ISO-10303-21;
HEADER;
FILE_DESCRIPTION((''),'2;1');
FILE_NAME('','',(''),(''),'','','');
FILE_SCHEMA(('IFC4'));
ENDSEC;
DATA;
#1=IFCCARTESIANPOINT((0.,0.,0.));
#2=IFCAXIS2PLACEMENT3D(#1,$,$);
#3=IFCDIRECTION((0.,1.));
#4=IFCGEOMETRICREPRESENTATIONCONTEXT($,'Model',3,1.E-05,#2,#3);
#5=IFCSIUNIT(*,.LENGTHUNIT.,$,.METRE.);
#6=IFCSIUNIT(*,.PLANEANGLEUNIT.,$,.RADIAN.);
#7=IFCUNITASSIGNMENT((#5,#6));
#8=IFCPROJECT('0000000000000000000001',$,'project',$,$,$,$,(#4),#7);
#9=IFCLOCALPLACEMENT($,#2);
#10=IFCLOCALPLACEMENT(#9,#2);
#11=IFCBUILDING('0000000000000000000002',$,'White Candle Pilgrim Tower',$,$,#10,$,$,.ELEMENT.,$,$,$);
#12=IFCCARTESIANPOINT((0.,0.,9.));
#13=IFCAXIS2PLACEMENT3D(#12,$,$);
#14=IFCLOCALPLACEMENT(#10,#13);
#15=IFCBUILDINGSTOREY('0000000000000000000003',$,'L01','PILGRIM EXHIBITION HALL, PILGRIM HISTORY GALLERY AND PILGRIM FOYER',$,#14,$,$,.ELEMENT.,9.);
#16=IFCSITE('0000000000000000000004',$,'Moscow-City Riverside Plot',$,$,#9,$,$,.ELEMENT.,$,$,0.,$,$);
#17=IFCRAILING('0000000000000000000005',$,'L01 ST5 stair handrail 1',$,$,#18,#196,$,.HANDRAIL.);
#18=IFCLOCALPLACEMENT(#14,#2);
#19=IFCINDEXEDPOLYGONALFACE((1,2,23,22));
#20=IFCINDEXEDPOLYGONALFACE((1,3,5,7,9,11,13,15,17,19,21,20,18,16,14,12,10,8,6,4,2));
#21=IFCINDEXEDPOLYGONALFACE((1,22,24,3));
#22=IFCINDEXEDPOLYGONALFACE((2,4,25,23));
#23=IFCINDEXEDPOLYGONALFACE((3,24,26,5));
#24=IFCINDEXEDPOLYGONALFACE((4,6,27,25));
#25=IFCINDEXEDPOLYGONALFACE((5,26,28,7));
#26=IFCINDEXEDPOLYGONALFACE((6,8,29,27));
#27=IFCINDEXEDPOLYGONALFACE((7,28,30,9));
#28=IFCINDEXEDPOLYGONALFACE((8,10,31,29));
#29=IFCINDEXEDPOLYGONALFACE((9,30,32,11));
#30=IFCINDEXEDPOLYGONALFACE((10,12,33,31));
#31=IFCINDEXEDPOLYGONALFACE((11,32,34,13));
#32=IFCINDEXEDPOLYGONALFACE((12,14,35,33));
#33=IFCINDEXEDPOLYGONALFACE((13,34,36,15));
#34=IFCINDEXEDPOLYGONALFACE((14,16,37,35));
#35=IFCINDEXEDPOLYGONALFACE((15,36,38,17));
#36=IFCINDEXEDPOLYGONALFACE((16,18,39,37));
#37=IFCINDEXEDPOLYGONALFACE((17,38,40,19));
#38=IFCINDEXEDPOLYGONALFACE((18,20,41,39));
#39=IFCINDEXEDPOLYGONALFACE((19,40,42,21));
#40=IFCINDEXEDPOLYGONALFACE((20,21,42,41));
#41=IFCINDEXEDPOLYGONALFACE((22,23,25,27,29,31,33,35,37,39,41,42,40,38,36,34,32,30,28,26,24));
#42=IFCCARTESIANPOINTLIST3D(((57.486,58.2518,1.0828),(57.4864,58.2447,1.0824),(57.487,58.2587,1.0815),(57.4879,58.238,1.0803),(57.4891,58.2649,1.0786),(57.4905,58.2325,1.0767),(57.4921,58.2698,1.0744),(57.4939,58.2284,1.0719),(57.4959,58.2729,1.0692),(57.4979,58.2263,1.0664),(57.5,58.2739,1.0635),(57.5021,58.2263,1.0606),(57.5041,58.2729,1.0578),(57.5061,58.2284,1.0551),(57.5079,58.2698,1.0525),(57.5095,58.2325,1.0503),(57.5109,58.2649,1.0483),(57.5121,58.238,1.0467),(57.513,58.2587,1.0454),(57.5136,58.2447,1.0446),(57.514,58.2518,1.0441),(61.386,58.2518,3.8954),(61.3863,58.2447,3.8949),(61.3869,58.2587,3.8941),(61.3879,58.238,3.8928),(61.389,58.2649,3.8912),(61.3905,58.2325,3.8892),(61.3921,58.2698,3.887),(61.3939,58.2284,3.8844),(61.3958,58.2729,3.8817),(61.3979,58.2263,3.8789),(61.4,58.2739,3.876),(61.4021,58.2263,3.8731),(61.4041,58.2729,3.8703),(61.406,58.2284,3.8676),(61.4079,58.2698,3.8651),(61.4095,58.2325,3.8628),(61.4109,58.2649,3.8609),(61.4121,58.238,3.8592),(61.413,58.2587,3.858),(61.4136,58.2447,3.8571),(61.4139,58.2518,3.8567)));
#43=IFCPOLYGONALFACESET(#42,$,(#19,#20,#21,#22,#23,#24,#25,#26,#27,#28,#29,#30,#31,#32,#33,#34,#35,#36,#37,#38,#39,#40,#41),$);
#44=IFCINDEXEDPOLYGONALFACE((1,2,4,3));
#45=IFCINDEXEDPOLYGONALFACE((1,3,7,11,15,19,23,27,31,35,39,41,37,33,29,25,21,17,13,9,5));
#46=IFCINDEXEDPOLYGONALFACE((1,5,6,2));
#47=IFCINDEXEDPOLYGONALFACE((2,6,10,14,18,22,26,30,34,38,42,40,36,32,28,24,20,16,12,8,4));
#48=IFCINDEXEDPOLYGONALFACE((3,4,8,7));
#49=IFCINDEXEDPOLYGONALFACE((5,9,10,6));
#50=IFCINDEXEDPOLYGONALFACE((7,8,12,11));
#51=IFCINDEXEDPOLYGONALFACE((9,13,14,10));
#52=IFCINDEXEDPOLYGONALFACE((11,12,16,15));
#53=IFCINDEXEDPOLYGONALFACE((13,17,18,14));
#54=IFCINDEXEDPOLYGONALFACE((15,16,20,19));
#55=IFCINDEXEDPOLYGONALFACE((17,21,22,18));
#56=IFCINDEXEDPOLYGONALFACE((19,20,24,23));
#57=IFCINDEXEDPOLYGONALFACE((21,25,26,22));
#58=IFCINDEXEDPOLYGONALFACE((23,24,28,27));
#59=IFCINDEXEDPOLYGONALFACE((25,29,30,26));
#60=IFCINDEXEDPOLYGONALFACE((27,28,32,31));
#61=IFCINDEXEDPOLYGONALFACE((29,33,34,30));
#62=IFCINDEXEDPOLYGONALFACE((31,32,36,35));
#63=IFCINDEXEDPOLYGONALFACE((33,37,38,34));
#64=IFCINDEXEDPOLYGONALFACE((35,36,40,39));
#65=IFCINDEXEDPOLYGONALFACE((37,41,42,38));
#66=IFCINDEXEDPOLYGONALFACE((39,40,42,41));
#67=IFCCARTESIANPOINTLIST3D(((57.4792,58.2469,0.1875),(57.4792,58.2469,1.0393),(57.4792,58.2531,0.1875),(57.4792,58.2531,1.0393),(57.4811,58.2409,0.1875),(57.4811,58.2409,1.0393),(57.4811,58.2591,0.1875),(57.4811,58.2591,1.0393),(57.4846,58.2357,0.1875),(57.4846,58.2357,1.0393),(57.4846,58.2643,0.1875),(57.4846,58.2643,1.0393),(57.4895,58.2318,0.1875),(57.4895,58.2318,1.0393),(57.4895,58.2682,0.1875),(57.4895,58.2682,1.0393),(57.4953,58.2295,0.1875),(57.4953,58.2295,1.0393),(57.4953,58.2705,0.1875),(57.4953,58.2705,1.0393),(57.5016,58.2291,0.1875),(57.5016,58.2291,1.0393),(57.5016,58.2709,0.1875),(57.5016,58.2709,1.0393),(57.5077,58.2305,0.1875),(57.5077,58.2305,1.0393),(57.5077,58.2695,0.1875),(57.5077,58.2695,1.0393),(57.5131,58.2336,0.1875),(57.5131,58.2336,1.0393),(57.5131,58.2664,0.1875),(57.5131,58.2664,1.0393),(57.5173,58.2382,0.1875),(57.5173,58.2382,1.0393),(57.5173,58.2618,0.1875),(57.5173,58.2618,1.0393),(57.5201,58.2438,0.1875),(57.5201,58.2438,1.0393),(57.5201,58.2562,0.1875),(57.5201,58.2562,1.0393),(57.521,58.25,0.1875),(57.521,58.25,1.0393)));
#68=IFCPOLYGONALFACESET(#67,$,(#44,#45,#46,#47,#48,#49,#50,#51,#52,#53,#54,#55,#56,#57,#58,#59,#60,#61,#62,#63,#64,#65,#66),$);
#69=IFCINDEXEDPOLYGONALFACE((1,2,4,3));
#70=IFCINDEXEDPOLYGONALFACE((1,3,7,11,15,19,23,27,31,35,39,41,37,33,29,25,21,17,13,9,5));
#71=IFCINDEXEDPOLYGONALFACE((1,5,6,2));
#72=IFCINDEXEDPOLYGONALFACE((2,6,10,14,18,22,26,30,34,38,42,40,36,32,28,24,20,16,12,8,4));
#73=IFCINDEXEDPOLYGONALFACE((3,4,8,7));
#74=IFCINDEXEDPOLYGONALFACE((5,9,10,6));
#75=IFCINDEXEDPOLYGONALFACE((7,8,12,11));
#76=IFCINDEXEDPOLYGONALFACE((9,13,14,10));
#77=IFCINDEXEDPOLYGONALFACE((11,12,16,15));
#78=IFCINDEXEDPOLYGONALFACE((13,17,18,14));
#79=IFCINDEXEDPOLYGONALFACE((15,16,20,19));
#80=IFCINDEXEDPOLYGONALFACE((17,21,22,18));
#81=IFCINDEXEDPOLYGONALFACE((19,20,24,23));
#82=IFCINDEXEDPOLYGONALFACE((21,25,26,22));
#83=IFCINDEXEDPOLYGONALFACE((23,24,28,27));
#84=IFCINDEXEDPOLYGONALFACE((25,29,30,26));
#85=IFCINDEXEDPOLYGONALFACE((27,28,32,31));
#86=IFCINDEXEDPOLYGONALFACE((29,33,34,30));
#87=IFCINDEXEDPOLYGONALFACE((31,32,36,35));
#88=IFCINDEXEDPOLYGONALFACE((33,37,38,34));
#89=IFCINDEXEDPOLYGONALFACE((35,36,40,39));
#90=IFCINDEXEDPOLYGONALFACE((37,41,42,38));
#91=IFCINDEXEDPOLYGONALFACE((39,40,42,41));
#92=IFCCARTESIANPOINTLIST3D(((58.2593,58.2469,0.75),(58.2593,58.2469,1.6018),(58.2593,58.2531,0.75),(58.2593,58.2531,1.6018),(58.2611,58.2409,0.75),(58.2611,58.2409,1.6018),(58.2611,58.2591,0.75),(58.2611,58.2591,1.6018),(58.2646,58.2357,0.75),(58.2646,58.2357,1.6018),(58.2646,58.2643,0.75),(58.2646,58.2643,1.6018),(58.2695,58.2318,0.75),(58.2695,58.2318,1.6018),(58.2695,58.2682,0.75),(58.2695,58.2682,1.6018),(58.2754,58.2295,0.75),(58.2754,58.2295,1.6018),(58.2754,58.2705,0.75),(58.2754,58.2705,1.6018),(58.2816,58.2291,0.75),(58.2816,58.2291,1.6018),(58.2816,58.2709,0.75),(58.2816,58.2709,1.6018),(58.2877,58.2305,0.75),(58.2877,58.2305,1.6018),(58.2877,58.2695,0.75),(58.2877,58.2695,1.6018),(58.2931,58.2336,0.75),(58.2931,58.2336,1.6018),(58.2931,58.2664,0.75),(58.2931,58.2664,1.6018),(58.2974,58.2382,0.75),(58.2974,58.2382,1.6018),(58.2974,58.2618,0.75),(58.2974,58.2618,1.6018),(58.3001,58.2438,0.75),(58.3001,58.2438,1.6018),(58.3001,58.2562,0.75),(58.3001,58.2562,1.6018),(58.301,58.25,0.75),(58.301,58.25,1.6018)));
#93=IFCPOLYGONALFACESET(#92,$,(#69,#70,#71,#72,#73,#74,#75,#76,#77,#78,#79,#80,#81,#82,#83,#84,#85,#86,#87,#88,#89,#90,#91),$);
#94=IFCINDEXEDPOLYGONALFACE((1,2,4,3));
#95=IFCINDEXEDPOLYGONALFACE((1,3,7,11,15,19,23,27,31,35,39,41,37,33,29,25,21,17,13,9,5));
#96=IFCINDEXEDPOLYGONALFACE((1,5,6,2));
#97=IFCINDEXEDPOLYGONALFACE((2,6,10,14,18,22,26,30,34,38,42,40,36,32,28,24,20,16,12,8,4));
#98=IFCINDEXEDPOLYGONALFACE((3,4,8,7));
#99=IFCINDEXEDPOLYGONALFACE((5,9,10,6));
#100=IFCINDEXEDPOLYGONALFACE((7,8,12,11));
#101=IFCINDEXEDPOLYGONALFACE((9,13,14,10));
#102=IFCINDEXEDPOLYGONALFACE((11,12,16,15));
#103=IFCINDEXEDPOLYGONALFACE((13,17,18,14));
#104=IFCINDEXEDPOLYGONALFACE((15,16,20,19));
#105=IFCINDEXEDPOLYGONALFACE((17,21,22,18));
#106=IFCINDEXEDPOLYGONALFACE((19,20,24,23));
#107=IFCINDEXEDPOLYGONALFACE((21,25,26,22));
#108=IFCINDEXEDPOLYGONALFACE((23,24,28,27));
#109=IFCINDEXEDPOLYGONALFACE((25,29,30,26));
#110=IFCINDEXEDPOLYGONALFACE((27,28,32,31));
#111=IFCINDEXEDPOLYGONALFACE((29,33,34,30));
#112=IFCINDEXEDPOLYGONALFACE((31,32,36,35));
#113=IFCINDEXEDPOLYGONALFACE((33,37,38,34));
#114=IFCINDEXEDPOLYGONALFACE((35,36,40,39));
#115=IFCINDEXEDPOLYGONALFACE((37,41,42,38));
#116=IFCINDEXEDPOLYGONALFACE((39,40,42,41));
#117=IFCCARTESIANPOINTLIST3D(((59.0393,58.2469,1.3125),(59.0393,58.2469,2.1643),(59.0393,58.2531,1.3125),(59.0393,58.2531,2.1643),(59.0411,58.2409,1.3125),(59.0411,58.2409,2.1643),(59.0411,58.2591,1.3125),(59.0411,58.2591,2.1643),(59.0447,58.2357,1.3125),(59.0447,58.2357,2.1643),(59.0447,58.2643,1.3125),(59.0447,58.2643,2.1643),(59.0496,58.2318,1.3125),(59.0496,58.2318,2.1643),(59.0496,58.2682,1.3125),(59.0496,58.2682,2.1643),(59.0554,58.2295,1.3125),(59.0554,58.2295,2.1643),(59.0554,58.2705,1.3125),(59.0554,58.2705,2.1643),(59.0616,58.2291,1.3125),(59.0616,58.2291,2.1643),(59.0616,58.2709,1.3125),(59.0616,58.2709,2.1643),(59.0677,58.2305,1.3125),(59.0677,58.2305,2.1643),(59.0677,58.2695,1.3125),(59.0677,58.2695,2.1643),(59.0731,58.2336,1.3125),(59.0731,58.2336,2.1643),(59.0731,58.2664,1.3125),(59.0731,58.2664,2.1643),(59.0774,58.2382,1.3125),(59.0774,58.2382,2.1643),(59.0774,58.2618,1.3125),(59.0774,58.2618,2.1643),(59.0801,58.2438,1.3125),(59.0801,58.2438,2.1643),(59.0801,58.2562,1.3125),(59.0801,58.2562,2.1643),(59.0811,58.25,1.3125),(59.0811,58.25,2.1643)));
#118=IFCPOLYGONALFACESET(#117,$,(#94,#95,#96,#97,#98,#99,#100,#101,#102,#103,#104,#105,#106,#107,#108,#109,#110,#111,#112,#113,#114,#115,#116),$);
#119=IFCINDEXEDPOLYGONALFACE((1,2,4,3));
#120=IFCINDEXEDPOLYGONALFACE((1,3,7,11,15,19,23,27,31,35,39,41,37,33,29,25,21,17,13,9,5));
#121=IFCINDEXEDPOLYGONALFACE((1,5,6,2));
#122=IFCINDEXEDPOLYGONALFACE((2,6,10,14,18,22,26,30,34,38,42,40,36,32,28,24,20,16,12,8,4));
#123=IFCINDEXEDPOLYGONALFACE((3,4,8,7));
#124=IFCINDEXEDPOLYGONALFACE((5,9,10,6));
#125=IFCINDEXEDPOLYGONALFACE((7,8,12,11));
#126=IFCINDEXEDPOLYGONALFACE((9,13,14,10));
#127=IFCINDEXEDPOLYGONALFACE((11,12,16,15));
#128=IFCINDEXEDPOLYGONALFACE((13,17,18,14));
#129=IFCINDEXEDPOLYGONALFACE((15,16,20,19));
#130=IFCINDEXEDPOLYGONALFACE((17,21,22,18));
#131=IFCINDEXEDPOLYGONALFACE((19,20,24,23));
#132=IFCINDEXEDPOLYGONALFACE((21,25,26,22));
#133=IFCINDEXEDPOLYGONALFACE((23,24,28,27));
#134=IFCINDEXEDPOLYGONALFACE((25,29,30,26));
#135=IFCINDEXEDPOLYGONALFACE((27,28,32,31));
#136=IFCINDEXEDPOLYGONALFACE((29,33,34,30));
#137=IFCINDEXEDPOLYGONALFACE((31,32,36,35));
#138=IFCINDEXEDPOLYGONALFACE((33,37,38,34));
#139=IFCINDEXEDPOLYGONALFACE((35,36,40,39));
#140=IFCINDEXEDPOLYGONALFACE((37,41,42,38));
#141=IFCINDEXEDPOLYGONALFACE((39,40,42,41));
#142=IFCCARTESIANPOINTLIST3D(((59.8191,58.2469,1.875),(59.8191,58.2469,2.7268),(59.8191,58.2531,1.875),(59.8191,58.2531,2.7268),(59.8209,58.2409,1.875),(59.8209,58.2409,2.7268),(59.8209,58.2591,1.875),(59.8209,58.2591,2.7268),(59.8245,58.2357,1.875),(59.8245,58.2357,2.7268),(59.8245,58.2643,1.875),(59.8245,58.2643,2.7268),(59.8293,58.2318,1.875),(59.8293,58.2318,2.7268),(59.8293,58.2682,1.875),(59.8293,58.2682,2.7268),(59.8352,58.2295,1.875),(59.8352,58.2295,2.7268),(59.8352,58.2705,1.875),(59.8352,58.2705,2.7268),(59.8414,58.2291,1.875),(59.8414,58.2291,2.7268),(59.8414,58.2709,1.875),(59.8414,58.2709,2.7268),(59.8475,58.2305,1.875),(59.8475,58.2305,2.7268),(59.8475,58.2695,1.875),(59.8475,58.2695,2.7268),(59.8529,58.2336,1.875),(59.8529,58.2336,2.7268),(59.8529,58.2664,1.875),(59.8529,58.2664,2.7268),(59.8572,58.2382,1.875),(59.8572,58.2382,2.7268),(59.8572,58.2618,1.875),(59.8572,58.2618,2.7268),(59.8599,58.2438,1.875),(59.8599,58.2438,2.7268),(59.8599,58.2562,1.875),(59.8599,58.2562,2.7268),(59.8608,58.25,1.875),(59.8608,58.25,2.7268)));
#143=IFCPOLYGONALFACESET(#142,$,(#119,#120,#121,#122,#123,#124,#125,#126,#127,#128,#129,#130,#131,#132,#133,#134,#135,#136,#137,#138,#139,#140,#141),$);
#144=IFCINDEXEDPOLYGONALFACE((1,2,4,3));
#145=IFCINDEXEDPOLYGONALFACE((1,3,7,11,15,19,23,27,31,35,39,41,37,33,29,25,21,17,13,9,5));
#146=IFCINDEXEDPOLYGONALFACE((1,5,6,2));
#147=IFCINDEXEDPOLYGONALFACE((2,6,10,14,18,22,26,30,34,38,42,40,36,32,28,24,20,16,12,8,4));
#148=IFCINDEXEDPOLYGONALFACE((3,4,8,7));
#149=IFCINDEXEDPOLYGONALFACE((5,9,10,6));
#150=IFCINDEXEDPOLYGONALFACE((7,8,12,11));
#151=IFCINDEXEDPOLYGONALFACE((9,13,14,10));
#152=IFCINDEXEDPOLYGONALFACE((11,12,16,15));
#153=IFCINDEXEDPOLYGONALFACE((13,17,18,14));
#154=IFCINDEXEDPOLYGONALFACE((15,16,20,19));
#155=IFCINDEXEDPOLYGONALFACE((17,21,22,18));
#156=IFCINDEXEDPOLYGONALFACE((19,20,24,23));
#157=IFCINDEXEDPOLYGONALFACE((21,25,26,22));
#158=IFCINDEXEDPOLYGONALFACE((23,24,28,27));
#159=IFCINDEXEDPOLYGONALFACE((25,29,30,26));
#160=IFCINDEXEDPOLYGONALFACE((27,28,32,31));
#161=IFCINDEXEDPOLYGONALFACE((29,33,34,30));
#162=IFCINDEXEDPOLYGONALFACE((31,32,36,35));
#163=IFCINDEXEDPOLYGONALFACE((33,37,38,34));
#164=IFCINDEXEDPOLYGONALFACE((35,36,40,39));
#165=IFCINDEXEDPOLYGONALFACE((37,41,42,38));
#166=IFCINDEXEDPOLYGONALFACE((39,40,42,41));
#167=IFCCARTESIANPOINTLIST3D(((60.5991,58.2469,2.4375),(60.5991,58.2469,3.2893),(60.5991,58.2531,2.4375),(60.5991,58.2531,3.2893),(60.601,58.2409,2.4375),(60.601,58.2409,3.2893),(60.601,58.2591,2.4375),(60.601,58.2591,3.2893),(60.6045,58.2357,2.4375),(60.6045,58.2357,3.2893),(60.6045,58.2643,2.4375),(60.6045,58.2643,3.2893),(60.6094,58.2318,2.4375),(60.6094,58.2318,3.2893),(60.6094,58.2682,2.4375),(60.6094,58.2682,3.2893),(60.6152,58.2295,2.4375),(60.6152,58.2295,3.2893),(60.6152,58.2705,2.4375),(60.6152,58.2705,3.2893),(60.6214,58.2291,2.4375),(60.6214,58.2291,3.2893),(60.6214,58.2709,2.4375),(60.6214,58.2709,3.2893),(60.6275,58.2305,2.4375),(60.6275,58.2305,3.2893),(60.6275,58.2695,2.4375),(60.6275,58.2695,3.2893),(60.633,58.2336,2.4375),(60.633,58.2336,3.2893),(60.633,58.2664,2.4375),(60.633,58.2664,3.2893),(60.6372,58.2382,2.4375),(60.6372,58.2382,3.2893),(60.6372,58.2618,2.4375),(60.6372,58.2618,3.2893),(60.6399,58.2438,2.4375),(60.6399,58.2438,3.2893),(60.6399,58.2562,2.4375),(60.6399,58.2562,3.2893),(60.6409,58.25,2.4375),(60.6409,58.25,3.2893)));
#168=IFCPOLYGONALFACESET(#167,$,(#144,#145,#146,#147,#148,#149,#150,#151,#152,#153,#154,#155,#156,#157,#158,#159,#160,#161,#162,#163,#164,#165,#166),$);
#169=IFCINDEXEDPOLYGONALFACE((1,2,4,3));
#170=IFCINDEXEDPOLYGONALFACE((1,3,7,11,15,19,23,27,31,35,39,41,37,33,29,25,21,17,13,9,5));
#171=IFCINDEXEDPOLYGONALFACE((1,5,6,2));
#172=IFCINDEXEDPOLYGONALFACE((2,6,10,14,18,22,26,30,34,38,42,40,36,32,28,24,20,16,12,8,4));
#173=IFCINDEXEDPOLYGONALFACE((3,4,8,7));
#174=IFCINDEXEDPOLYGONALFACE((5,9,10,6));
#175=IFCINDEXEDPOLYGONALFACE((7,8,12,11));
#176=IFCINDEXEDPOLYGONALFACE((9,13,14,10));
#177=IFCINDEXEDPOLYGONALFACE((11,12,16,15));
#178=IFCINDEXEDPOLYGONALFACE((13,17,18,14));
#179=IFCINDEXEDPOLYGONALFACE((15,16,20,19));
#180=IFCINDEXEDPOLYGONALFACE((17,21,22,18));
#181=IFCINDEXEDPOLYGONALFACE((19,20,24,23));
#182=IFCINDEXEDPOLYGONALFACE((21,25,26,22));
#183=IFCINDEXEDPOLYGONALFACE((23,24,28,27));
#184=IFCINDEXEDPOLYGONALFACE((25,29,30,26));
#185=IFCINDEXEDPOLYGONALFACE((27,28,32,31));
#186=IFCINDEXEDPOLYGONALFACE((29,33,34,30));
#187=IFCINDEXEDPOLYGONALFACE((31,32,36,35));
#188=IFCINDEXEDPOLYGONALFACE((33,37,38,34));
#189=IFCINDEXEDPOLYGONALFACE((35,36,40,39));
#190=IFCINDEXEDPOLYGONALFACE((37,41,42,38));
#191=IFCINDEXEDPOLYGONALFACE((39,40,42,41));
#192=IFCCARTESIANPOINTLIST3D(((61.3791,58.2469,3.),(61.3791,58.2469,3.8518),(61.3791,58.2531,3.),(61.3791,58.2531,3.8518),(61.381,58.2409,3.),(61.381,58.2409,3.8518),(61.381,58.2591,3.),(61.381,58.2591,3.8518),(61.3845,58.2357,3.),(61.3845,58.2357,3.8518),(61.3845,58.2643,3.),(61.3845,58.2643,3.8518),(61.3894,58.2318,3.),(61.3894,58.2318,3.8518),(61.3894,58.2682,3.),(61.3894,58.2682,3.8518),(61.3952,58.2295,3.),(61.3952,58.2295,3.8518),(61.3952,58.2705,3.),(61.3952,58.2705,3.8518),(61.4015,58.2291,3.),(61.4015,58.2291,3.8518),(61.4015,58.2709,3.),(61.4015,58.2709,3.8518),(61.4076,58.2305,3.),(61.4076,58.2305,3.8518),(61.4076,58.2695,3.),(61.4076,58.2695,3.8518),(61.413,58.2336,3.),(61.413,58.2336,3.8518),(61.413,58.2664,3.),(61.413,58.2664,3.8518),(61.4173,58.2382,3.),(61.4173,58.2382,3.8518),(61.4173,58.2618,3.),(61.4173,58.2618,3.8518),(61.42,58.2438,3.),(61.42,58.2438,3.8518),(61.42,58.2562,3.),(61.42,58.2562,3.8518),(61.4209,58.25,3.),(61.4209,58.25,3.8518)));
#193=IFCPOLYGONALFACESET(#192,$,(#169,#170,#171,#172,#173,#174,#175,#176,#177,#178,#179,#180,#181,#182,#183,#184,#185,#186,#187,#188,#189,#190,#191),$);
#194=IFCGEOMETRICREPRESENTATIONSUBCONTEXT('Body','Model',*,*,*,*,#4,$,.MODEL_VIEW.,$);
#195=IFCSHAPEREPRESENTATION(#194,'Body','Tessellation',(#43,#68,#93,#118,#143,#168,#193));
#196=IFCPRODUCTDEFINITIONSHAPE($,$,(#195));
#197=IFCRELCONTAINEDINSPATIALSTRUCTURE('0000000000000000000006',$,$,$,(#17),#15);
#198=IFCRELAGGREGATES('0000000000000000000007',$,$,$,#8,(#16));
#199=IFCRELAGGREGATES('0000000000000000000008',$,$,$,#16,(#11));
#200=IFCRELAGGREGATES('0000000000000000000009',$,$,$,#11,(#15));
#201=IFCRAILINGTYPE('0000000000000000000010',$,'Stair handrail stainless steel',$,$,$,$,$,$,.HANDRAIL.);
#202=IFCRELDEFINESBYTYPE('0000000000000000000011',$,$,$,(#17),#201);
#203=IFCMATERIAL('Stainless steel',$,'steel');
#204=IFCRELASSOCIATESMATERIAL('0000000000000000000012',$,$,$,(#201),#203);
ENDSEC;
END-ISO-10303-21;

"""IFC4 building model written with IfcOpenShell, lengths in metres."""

from ifc_helpers import new_model, si_unit, direction, frame, origin, origin_2d, place, context, subcontext, project, spatial, circle, extrude, material, type_object, element, save


model = new_model("IFC4")

# Units and contexts
model_context = context("Model", 3, precision=1e-05, world=origin(), true_north=direction((0.0, 1.0)))
body_context = subcontext(model_context, "Body", "Model", "MODEL_VIEW")
ifc_project = project(units=[si_unit("LENGTHUNIT", "METRE"), si_unit("PLANEANGLEUNIT", "RADIAN")], contexts=[model_context])

# Site, building, storey
site_placement = place(None, origin())
site = spatial("IfcSite", under=ifc_project, at=site_placement, Name="Moscow-City Riverside Plot", CompositionType="ELEMENT", RefElevation=0.0)
building_placement = place(site_placement, origin())
building = spatial("IfcBuilding", under=site, at=building_placement, Name="White Candle Pilgrim Tower", CompositionType="ELEMENT")
storey_placement = place(building_placement, frame((0.0, 0.0, 9.0)))
storey = spatial("IfcBuildingStorey", under=building, at=storey_placement, Name="L01", Description="PILGRIM EXHIBITION HALL, PILGRIM HISTORY GALLERY AND PILGRIM FOYER", CompositionType="ELEMENT", Elevation=9.0)

# Railing
ifc_material_1 = material(Name="Stainless steel", Category="steel")
railing_type_1 = type_object("IfcRailingType", Name="Stair handrail stainless steel", PredefinedType="HANDRAIL", material=ifc_material_1)
railing_1_placement = place(storey_placement, frame((57.5, 58.25, 0.1875)))
element("IfcRailing", 1, at=railing_1_placement, inside=storey, type_object=railing_type_1, Name="L01 ST5 stair handrail 1", PredefinedType="HANDRAIL", context=body_context, shape_type="SweptSolid", body=[
    extrude(circle(Radius=0.0239, at=origin_2d()), frame((0.0, 0.0, 0.876), z_axis=(0.811083, 0.0, 0.584931), x_axis=(0.0, 1.0, 0.0)), (0.0, 0.0, 1.0), 4.8083),
    extrude(circle(Radius=0.021, at=origin_2d()), origin(), (0.0, 0.0, 1.0), 0.8518),
    extrude(circle(Radius=0.021, at=origin_2d()), frame((0.78, 0.0, 0.5625)), (0.0, 0.0, 1.0), 0.8518),
    extrude(circle(Radius=0.021, at=origin_2d()), frame((1.5601, 0.0, 1.125)), (0.0, 0.0, 1.0), 0.8518),
    extrude(circle(Radius=0.021, at=origin_2d()), frame((2.3398, 0.0, 1.6875)), (0.0, 0.0, 1.0), 0.8518),
    extrude(circle(Radius=0.021, at=origin_2d()), frame((3.1199, 0.0, 2.25)), (0.0, 0.0, 1.0), 0.8518),
    extrude(circle(Radius=0.021, at=origin_2d()), frame((3.8999, 0.0, 2.8125)), (0.0, 0.0, 1.0), 0.8518),
])

save(model, "model.ifc")
